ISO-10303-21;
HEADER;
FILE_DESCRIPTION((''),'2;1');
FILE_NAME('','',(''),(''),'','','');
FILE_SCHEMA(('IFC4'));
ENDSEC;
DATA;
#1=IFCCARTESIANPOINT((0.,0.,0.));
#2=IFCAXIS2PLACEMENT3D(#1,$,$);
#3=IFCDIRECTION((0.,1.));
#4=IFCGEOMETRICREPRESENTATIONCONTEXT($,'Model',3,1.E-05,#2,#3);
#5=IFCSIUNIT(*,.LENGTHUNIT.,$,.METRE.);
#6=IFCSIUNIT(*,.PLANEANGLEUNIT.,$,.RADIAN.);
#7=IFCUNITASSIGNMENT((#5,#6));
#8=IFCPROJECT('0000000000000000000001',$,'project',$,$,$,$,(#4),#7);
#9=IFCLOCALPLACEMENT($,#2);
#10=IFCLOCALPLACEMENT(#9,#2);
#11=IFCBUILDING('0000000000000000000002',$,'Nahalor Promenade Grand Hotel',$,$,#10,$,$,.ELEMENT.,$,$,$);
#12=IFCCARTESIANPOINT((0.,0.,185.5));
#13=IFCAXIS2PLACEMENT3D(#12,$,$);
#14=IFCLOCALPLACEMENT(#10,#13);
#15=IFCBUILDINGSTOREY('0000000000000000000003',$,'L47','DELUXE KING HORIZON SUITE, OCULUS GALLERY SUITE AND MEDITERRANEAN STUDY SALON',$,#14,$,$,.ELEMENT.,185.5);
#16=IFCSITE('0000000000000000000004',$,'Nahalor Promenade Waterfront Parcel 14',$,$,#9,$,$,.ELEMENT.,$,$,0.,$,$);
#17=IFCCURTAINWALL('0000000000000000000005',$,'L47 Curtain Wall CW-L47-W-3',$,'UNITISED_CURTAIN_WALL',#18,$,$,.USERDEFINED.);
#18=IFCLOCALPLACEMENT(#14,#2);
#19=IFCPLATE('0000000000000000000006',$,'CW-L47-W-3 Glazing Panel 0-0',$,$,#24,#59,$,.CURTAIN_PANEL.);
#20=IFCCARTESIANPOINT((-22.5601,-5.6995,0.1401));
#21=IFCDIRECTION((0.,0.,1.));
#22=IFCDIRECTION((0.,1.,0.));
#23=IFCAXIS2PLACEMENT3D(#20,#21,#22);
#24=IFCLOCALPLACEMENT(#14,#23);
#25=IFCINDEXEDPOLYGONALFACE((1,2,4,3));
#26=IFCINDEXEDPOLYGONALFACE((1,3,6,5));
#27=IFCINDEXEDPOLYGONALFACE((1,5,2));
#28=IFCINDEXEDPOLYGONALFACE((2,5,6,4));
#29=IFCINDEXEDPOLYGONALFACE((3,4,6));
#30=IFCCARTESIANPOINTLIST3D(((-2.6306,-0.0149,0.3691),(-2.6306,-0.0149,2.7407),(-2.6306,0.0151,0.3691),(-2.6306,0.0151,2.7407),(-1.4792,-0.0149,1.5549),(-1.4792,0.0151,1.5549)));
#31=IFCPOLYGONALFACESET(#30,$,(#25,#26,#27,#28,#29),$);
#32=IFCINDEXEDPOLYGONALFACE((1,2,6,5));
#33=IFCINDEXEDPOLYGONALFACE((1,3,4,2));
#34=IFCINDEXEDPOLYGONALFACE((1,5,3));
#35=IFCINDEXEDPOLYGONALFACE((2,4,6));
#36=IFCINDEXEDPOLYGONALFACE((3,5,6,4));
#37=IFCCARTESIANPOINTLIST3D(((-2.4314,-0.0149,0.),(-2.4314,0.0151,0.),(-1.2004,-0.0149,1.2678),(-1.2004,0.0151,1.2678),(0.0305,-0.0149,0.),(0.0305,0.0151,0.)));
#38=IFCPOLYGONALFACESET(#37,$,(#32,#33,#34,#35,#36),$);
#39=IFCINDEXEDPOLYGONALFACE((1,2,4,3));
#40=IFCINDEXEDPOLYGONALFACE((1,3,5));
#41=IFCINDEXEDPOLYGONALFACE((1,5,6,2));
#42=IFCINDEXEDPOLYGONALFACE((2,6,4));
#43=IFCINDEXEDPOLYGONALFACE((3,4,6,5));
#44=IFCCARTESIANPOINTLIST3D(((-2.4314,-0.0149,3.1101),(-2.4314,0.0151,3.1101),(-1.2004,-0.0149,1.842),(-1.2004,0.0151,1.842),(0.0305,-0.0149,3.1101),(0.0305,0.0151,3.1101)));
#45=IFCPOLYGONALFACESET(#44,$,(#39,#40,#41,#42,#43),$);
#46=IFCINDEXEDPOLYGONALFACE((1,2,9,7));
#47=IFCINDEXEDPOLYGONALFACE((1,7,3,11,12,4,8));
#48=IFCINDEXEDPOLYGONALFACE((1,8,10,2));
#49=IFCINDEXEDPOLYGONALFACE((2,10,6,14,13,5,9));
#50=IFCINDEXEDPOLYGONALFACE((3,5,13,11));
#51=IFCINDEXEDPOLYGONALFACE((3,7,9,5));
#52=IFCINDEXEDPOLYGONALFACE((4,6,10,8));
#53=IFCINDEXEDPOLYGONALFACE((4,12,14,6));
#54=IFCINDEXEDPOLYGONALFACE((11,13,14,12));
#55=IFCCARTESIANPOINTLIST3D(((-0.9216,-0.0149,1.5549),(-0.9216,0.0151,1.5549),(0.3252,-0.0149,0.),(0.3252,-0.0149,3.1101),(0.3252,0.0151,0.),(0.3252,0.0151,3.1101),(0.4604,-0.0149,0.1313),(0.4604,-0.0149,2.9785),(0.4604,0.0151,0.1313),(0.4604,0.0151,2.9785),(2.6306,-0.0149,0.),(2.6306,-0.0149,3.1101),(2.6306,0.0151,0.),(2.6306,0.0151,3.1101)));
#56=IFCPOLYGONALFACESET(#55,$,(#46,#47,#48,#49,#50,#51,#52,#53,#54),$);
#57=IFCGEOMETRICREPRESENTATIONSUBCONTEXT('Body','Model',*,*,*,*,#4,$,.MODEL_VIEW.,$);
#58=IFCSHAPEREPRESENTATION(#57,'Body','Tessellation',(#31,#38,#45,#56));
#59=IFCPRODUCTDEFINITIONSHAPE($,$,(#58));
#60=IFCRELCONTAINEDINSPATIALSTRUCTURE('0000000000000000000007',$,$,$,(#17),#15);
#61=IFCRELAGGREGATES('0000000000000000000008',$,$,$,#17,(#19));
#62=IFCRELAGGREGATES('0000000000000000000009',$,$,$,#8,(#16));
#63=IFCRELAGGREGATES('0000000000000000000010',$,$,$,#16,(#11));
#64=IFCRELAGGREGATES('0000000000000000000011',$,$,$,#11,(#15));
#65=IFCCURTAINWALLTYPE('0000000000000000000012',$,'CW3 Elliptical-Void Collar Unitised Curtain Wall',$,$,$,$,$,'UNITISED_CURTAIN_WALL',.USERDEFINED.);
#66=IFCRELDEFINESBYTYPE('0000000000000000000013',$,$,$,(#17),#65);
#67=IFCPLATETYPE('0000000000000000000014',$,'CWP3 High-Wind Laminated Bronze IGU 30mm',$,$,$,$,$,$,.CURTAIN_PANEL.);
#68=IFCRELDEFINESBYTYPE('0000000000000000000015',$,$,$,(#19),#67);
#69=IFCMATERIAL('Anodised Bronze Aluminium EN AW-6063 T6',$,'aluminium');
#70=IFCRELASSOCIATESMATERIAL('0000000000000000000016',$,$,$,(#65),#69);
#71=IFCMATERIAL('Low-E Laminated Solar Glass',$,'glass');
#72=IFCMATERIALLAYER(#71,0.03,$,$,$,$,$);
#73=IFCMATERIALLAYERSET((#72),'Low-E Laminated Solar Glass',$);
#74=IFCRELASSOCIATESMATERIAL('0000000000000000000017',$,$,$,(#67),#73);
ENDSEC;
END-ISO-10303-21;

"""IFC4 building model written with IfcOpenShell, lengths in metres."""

from ifc_helpers import new_model, si_unit, direction, frame, origin, place, context, subcontext, project, spatial, polyline, outline, extrude, material, layer, layer_set, type_object, element, aggregate, save


model = new_model("IFC4")

# Units and contexts
model_context = context("Model", 3, precision=1e-05, world=origin(), true_north=direction((0.0, 1.0)))
body_context = subcontext(model_context, "Body", "Model", "MODEL_VIEW")
ifc_project = project(units=[si_unit("LENGTHUNIT", "METRE"), si_unit("PLANEANGLEUNIT", "RADIAN")], contexts=[model_context])

# Site, building, storey
site_placement = place(None, origin())
site = spatial("IfcSite", under=ifc_project, at=site_placement, Name="Nahalor Promenade Waterfront Parcel 14", CompositionType="ELEMENT", RefElevation=0.0)
building_placement = place(site_placement, origin())
building = spatial("IfcBuilding", under=site, at=building_placement, Name="Nahalor Promenade Grand Hotel", CompositionType="ELEMENT")
storey_placement = place(building_placement, frame((0.0, 0.0, 185.5)))
storey = spatial("IfcBuildingStorey", under=building, at=storey_placement, Name="L47", Description="DELUXE KING HORIZON SUITE, OCULUS GALLERY SUITE AND MEDITERRANEAN STUDY SALON", CompositionType="ELEMENT", Elevation=185.5)

# Curtain wall
ifc_material_1 = material(Name="Anodised Bronze Aluminium EN AW-6063 T6", Category="aluminium")
curtain_wall_type = type_object("IfcCurtainWallType", Name="CW3 Elliptical-Void Collar Unitised Curtain Wall", ElementType="UNITISED_CURTAIN_WALL", PredefinedType="USERDEFINED", material=ifc_material_1)
curtain_wall_1_placement = place(storey_placement, origin())
curtain_wall_1 = element("IfcCurtainWall", 1, at=curtain_wall_1_placement, inside=storey, type_object=curtain_wall_type, Name="L47 Curtain Wall CW-L47-W-3", ObjectType="UNITISED_CURTAIN_WALL", PredefinedType="USERDEFINED")

# Plate
ifc_material_2 = material(Name="Low-E Laminated Solar Glass", Category="glass")
ifc_layer_1 = layer(ifc_material_2, 0.03)
ifc_layer_set_1 = layer_set([ifc_layer_1], Name="Low-E Laminated Solar Glass")
plate_type_1 = type_object("IfcPlateType", Name="CWP3 High-Wind Laminated Bronze IGU 30mm", PredefinedType="CURTAIN_PANEL", material=ifc_layer_set_1)
plate_1_placement = place(storey_placement, frame((-22.5601, -5.6995, 0.1401), z_axis=(0.0, 0.0, 1.0), x_axis=(0.0, 1.0, 0.0)))
plate_1 = element("IfcPlate", 2, at=plate_1_placement, type_object=plate_type_1, Name="CW-L47-W-3 Glazing Panel 0-0", PredefinedType="CURTAIN_PANEL", context=body_context, shape_type="SweptSolid", body=[
    extrude(outline(polyline([(-1.4792, 1.5549), (-2.6306, 2.7407), (-2.6306, 0.3691), (-1.4792, 1.5549)])), frame((0.0, 0.0151, 0.0), z_axis=(0.0, -1.0, 0.0), x_axis=(1.0, 0.0, 0.0)), (0.0, 0.0, 1.0), 0.03),
    extrude(outline(polyline([(-1.2004, 1.2678), (-2.4314, 0.0), (0.0305, 0.0), (-1.2004, 1.2678)])), frame((0.0, 0.0151, 0.0), z_axis=(0.0, -1.0, 0.0), x_axis=(1.0, 0.0, 0.0)), (0.0, 0.0, 1.0), 0.03),
    extrude(outline(polyline([(-1.2004, 1.842), (0.0305, 3.1101), (-2.4314, 3.1101), (-1.2004, 1.842)])), frame((0.0, 0.0151, 0.0), z_axis=(0.0, -1.0, 0.0), x_axis=(1.0, 0.0, 0.0)), (0.0, 0.0, 1.0), 0.03),
    extrude(outline(polyline([(2.6306, 0.0), (2.6306, 3.1101), (0.3252, 3.1101), (0.4604, 2.9785), (-0.9216, 1.5549), (0.4604, 0.1313), (0.3252, 0.0), (2.6306, 0.0)])), frame((0.0, 0.0151, 0.0), z_axis=(0.0, -1.0, 0.0), x_axis=(1.0, 0.0, 0.0)), (0.0, 0.0, 1.0), 0.03),
])
aggregate(curtain_wall_1, [plate_1])

save(model, "model.ifc")
